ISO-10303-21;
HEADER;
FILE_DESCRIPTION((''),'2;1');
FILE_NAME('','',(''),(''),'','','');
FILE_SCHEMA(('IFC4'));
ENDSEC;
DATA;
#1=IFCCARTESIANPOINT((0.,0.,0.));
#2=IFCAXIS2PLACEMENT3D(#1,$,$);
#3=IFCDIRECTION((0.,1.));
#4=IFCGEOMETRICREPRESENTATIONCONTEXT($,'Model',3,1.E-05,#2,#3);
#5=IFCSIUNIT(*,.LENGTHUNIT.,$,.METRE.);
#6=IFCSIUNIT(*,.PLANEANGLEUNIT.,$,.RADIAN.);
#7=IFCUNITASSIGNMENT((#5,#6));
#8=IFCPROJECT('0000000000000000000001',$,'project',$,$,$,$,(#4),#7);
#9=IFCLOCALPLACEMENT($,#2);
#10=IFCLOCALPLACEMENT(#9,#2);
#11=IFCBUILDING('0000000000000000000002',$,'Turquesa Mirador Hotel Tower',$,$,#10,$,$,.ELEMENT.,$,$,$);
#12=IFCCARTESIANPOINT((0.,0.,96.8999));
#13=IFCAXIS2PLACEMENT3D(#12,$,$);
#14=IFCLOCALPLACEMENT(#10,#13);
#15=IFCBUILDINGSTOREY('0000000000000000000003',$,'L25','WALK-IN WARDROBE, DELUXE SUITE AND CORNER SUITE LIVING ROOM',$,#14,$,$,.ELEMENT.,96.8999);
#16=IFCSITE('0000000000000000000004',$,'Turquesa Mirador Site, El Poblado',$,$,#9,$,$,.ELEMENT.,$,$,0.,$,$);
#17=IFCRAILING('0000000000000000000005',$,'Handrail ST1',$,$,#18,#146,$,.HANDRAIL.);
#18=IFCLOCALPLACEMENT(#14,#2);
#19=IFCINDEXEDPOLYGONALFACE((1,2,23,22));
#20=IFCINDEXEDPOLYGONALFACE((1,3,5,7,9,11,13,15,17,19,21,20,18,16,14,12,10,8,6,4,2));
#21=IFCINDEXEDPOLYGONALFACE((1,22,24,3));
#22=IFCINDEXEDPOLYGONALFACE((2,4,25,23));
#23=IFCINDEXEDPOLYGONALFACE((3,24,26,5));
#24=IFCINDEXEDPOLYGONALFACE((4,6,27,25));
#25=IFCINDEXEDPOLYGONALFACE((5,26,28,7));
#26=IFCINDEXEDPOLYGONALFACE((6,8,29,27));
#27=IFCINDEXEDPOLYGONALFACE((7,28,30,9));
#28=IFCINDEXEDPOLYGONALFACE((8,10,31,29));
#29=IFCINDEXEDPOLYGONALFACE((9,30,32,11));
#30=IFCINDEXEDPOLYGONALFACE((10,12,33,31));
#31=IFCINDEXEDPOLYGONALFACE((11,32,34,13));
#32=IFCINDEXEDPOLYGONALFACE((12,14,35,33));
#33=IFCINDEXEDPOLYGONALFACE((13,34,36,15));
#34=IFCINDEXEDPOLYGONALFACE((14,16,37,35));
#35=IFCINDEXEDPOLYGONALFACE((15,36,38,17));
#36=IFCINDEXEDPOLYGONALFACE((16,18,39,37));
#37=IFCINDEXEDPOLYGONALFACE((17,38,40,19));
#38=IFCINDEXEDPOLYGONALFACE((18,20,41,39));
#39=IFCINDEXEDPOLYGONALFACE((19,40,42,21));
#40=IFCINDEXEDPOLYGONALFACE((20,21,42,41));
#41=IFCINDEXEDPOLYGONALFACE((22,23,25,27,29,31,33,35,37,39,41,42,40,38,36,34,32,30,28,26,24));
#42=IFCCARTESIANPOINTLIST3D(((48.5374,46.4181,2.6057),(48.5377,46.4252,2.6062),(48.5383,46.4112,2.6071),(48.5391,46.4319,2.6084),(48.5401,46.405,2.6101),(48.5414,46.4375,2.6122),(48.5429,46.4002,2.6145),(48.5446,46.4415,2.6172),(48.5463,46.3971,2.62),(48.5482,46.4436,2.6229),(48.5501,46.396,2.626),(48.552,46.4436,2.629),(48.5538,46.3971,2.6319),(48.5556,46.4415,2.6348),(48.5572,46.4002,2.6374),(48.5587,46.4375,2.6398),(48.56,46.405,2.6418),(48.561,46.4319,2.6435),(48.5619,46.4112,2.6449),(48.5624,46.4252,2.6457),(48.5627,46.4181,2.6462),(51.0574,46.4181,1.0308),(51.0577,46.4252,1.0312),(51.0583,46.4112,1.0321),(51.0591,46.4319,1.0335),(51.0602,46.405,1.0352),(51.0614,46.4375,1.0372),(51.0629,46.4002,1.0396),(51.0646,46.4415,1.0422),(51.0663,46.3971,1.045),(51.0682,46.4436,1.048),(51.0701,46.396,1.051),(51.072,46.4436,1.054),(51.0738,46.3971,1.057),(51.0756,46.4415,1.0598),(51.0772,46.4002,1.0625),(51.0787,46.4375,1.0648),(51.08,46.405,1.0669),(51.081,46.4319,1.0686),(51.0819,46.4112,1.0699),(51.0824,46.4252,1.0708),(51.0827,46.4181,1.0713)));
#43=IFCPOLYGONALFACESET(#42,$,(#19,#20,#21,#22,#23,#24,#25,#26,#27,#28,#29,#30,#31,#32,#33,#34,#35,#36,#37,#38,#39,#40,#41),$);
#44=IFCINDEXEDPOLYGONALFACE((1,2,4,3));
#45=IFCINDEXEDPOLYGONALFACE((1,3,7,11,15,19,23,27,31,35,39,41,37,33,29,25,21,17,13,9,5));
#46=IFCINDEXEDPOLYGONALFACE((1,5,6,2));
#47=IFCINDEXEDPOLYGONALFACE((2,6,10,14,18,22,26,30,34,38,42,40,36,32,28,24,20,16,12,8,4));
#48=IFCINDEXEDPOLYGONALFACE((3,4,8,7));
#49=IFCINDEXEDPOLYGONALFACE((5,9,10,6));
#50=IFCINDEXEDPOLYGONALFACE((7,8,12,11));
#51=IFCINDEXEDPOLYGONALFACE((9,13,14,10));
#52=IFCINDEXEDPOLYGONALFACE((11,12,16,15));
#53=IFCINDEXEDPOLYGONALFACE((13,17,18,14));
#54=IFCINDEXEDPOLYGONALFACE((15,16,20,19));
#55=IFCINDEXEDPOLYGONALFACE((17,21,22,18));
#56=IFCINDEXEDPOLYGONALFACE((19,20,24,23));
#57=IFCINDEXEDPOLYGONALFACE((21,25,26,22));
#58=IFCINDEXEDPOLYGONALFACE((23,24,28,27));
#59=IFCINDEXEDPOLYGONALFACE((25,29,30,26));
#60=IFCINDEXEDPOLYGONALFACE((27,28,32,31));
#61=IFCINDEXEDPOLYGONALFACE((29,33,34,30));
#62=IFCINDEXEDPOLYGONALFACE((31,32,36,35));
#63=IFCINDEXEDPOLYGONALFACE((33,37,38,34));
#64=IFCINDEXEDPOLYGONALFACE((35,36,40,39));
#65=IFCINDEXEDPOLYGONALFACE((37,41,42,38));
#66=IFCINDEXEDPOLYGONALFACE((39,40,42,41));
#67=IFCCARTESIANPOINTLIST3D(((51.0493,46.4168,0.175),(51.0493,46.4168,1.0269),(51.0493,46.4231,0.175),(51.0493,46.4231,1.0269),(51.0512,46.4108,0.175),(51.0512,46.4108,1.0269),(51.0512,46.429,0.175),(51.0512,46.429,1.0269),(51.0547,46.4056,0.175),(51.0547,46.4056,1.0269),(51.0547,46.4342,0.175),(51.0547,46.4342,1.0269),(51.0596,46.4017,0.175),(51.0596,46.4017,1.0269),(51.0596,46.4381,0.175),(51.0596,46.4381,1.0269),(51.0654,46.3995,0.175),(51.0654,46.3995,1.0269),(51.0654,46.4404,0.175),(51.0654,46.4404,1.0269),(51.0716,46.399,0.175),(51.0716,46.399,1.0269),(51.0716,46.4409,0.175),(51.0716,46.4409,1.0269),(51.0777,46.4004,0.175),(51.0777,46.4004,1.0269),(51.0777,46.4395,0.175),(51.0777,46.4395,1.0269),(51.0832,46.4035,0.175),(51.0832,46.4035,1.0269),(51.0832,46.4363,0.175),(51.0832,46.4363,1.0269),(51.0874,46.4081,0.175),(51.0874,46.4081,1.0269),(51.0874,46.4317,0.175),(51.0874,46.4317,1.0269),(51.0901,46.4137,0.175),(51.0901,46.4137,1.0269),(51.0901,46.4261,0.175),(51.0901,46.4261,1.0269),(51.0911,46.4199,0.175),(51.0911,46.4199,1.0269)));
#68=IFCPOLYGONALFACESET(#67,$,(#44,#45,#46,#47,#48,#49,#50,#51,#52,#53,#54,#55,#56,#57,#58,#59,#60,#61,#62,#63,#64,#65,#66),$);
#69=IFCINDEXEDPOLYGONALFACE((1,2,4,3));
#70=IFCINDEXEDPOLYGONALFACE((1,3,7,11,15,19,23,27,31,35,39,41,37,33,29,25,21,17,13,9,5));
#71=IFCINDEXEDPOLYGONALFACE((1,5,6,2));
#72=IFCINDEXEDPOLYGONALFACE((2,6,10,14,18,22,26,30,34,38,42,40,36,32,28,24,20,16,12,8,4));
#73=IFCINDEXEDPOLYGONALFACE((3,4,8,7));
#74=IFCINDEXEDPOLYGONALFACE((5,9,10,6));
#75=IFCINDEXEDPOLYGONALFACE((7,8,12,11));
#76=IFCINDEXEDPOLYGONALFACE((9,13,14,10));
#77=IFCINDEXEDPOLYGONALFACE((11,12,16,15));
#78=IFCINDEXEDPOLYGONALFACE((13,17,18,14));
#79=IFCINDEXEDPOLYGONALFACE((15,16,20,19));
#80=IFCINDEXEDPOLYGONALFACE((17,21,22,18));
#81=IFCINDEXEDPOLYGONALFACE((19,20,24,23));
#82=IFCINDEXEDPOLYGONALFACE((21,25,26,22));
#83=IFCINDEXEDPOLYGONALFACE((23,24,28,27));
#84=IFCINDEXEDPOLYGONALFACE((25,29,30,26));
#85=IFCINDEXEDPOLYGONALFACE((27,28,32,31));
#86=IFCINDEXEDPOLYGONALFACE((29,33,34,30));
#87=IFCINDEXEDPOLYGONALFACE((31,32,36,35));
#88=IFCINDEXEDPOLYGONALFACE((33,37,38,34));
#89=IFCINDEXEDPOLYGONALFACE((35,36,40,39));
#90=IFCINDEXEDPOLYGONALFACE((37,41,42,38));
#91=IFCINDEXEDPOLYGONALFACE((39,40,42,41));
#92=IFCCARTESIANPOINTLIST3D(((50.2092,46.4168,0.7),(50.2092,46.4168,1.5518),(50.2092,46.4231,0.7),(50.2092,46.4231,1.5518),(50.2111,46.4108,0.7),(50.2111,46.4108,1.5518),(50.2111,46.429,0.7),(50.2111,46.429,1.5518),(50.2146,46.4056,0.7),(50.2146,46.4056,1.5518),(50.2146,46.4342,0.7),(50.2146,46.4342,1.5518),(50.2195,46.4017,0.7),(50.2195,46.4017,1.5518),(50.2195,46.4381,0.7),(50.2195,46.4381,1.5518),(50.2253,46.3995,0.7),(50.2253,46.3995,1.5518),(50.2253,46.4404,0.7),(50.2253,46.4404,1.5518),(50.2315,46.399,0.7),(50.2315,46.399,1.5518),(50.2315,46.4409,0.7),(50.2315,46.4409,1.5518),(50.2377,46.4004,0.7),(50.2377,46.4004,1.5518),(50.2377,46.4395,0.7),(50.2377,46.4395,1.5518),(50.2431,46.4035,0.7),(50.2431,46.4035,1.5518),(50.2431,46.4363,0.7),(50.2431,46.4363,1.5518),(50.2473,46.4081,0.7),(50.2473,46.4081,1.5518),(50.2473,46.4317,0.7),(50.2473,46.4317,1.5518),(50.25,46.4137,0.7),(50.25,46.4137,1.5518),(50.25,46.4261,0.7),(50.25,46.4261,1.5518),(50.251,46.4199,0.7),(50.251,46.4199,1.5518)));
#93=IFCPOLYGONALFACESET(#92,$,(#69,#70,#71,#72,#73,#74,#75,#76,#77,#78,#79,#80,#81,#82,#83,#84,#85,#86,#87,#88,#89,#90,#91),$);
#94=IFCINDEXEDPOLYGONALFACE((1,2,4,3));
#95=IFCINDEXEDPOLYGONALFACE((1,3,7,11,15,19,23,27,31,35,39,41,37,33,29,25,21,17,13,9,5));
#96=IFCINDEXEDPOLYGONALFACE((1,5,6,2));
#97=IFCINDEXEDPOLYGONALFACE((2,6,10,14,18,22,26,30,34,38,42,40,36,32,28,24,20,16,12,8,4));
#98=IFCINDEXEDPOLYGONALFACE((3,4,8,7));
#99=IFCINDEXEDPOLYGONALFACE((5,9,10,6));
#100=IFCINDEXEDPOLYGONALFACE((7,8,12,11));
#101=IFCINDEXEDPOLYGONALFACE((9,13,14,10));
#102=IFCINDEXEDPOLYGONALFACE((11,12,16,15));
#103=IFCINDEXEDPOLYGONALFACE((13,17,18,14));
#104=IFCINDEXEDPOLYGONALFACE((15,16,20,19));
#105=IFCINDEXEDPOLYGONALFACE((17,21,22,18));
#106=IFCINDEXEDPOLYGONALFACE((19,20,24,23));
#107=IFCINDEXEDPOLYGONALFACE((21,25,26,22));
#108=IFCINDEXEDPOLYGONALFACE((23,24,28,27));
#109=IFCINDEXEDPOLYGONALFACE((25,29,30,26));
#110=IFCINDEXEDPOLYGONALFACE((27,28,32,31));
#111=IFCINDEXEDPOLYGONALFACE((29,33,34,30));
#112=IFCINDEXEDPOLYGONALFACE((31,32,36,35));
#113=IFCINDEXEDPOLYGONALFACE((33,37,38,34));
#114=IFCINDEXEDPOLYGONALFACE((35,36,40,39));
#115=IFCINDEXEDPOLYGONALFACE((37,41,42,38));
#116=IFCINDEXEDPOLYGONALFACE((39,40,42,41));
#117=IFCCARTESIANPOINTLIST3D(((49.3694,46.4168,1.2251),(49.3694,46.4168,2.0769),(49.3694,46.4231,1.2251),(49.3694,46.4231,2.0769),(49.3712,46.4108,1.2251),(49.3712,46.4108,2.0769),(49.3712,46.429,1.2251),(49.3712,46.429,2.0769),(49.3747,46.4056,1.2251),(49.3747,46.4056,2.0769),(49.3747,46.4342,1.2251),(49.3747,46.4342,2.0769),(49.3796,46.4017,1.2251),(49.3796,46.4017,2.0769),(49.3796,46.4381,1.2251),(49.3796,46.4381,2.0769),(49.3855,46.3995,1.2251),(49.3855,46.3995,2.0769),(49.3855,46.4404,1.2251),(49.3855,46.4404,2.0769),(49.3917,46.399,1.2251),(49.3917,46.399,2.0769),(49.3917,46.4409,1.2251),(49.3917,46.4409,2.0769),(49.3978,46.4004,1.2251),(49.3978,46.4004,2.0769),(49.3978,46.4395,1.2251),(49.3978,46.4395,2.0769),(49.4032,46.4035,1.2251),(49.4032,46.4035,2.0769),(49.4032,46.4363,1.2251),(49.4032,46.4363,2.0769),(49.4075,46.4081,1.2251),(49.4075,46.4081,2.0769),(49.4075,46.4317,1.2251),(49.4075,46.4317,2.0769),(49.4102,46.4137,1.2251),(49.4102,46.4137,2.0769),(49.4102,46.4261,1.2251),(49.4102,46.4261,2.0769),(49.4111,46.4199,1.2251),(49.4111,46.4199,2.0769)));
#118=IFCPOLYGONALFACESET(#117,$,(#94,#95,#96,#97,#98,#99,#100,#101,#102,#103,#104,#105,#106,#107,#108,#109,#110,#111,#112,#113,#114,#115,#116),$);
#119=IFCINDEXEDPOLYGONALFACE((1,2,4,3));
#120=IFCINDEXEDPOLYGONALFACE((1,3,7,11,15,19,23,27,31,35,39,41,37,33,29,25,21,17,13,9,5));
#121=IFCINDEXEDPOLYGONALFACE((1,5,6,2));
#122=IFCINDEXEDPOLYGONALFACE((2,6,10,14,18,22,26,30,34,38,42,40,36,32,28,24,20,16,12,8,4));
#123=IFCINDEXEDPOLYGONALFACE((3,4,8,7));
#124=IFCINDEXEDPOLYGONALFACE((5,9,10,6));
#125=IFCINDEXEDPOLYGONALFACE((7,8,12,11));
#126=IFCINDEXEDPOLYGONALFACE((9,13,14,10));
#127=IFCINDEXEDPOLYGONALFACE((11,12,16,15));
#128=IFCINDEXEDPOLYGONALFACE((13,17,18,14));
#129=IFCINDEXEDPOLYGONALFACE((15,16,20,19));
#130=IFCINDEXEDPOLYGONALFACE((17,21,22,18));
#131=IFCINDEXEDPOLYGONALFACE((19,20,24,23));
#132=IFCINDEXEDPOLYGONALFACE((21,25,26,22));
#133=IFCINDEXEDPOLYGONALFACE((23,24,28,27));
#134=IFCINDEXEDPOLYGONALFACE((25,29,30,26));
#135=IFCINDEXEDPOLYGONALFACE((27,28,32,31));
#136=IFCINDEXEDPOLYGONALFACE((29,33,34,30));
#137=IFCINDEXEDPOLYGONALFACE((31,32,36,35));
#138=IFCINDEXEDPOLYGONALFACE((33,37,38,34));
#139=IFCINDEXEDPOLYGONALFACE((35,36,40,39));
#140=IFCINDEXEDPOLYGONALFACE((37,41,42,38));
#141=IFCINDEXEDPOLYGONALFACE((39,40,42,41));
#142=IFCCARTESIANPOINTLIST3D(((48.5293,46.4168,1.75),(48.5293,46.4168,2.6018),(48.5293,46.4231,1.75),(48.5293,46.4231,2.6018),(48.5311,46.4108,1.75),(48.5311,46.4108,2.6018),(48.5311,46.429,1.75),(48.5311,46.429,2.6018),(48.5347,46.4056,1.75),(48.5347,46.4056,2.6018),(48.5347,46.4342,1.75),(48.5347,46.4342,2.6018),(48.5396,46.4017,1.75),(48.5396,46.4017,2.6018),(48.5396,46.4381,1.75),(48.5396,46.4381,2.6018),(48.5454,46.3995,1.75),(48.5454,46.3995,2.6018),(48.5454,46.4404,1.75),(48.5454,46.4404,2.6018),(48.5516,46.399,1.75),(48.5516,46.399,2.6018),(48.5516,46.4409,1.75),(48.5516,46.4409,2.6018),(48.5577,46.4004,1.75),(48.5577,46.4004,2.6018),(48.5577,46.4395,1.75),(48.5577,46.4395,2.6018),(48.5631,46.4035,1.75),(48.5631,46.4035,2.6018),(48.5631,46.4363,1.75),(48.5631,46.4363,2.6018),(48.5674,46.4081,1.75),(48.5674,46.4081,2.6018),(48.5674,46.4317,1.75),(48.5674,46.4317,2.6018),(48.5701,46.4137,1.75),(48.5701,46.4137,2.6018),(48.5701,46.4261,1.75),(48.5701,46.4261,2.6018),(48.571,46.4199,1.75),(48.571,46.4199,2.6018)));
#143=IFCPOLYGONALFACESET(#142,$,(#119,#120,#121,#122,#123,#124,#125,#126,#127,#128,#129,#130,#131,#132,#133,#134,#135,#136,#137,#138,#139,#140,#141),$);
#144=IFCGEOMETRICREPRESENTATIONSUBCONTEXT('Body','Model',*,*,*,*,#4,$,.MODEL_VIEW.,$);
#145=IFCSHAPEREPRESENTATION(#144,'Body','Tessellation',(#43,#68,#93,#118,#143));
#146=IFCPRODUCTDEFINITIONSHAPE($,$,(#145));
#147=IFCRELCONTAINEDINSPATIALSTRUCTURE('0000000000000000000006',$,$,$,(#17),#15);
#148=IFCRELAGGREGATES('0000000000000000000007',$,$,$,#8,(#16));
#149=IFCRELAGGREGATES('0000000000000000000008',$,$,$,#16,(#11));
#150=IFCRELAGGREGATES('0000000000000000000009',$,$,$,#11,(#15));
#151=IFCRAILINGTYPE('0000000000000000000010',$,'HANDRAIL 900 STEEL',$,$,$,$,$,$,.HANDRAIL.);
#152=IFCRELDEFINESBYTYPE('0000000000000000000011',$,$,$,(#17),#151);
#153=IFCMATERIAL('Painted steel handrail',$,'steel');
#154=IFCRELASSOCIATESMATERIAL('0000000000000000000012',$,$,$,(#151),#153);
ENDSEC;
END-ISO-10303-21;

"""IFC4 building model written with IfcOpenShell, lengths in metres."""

from ifc_helpers import new_model, si_unit, direction, frame, origin, origin_2d, place, context, subcontext, project, spatial, circle, extrude, material, type_object, element, save


model = new_model("IFC4")

# Units and contexts
model_context = context("Model", 3, precision=1e-05, world=origin(), true_north=direction((0.0, 1.0)))
body_context = subcontext(model_context, "Body", "Model", "MODEL_VIEW")
ifc_project = project(units=[si_unit("LENGTHUNIT", "METRE"), si_unit("PLANEANGLEUNIT", "RADIAN")], contexts=[model_context])

# Site, building, storey
site_placement = place(None, origin())
site = spatial("IfcSite", under=ifc_project, at=site_placement, Name="Turquesa Mirador Site, El Poblado", CompositionType="ELEMENT", RefElevation=0.0)
building_placement = place(site_placement, origin())
building = spatial("IfcBuilding", under=site, at=building_placement, Name="Turquesa Mirador Hotel Tower", CompositionType="ELEMENT")
storey_placement = place(building_placement, frame((0.0, 0.0, 96.8999)))
storey = spatial("IfcBuildingStorey", under=building, at=storey_placement, Name="L25", Description="WALK-IN WARDROBE, DELUXE SUITE AND CORNER SUITE LIVING ROOM", CompositionType="ELEMENT", Elevation=96.8999)

# Railing
ifc_material_1 = material(Name="Painted steel handrail", Category="steel")
railing_type = type_object("IfcRailingType", Name="HANDRAIL 900 STEEL", PredefinedType="HANDRAIL", material=ifc_material_1)
railing_1_placement = place(storey_placement, frame((51.0701, 46.4199, 0.175)))
element("IfcRailing", 1, at=railing_1_placement, inside=storey, type_object=railing_type, Name="Handrail ST1", PredefinedType="HANDRAIL", context=body_context, shape_type="SweptSolid", body=[
    extrude(circle(Radius=0.0239, at=origin_2d()), frame((0.0, 0.0, 0.876), z_axis=(-0.848008, 0.0, 0.529984), x_axis=(0.0, -1.0, 0.0)), (0.0, 0.0, 1.0), 2.9717),
    extrude(circle(Radius=0.021, at=origin_2d()), origin(), (0.0, 0.0, 1.0), 0.8518),
    extrude(circle(Radius=0.021, at=origin_2d()), frame((-0.8401, 0.0, 0.5249)), (0.0, 0.0, 1.0), 0.8518),
    extrude(circle(Radius=0.021, at=origin_2d()), frame((-1.6799, 0.0, 1.05)), (0.0, 0.0, 1.0), 0.8518),
    extrude(circle(Radius=0.021, at=origin_2d()), frame((-2.52, 0.0, 1.575)), (0.0, 0.0, 1.0), 0.8518),
])

save(model, "model.ifc")
